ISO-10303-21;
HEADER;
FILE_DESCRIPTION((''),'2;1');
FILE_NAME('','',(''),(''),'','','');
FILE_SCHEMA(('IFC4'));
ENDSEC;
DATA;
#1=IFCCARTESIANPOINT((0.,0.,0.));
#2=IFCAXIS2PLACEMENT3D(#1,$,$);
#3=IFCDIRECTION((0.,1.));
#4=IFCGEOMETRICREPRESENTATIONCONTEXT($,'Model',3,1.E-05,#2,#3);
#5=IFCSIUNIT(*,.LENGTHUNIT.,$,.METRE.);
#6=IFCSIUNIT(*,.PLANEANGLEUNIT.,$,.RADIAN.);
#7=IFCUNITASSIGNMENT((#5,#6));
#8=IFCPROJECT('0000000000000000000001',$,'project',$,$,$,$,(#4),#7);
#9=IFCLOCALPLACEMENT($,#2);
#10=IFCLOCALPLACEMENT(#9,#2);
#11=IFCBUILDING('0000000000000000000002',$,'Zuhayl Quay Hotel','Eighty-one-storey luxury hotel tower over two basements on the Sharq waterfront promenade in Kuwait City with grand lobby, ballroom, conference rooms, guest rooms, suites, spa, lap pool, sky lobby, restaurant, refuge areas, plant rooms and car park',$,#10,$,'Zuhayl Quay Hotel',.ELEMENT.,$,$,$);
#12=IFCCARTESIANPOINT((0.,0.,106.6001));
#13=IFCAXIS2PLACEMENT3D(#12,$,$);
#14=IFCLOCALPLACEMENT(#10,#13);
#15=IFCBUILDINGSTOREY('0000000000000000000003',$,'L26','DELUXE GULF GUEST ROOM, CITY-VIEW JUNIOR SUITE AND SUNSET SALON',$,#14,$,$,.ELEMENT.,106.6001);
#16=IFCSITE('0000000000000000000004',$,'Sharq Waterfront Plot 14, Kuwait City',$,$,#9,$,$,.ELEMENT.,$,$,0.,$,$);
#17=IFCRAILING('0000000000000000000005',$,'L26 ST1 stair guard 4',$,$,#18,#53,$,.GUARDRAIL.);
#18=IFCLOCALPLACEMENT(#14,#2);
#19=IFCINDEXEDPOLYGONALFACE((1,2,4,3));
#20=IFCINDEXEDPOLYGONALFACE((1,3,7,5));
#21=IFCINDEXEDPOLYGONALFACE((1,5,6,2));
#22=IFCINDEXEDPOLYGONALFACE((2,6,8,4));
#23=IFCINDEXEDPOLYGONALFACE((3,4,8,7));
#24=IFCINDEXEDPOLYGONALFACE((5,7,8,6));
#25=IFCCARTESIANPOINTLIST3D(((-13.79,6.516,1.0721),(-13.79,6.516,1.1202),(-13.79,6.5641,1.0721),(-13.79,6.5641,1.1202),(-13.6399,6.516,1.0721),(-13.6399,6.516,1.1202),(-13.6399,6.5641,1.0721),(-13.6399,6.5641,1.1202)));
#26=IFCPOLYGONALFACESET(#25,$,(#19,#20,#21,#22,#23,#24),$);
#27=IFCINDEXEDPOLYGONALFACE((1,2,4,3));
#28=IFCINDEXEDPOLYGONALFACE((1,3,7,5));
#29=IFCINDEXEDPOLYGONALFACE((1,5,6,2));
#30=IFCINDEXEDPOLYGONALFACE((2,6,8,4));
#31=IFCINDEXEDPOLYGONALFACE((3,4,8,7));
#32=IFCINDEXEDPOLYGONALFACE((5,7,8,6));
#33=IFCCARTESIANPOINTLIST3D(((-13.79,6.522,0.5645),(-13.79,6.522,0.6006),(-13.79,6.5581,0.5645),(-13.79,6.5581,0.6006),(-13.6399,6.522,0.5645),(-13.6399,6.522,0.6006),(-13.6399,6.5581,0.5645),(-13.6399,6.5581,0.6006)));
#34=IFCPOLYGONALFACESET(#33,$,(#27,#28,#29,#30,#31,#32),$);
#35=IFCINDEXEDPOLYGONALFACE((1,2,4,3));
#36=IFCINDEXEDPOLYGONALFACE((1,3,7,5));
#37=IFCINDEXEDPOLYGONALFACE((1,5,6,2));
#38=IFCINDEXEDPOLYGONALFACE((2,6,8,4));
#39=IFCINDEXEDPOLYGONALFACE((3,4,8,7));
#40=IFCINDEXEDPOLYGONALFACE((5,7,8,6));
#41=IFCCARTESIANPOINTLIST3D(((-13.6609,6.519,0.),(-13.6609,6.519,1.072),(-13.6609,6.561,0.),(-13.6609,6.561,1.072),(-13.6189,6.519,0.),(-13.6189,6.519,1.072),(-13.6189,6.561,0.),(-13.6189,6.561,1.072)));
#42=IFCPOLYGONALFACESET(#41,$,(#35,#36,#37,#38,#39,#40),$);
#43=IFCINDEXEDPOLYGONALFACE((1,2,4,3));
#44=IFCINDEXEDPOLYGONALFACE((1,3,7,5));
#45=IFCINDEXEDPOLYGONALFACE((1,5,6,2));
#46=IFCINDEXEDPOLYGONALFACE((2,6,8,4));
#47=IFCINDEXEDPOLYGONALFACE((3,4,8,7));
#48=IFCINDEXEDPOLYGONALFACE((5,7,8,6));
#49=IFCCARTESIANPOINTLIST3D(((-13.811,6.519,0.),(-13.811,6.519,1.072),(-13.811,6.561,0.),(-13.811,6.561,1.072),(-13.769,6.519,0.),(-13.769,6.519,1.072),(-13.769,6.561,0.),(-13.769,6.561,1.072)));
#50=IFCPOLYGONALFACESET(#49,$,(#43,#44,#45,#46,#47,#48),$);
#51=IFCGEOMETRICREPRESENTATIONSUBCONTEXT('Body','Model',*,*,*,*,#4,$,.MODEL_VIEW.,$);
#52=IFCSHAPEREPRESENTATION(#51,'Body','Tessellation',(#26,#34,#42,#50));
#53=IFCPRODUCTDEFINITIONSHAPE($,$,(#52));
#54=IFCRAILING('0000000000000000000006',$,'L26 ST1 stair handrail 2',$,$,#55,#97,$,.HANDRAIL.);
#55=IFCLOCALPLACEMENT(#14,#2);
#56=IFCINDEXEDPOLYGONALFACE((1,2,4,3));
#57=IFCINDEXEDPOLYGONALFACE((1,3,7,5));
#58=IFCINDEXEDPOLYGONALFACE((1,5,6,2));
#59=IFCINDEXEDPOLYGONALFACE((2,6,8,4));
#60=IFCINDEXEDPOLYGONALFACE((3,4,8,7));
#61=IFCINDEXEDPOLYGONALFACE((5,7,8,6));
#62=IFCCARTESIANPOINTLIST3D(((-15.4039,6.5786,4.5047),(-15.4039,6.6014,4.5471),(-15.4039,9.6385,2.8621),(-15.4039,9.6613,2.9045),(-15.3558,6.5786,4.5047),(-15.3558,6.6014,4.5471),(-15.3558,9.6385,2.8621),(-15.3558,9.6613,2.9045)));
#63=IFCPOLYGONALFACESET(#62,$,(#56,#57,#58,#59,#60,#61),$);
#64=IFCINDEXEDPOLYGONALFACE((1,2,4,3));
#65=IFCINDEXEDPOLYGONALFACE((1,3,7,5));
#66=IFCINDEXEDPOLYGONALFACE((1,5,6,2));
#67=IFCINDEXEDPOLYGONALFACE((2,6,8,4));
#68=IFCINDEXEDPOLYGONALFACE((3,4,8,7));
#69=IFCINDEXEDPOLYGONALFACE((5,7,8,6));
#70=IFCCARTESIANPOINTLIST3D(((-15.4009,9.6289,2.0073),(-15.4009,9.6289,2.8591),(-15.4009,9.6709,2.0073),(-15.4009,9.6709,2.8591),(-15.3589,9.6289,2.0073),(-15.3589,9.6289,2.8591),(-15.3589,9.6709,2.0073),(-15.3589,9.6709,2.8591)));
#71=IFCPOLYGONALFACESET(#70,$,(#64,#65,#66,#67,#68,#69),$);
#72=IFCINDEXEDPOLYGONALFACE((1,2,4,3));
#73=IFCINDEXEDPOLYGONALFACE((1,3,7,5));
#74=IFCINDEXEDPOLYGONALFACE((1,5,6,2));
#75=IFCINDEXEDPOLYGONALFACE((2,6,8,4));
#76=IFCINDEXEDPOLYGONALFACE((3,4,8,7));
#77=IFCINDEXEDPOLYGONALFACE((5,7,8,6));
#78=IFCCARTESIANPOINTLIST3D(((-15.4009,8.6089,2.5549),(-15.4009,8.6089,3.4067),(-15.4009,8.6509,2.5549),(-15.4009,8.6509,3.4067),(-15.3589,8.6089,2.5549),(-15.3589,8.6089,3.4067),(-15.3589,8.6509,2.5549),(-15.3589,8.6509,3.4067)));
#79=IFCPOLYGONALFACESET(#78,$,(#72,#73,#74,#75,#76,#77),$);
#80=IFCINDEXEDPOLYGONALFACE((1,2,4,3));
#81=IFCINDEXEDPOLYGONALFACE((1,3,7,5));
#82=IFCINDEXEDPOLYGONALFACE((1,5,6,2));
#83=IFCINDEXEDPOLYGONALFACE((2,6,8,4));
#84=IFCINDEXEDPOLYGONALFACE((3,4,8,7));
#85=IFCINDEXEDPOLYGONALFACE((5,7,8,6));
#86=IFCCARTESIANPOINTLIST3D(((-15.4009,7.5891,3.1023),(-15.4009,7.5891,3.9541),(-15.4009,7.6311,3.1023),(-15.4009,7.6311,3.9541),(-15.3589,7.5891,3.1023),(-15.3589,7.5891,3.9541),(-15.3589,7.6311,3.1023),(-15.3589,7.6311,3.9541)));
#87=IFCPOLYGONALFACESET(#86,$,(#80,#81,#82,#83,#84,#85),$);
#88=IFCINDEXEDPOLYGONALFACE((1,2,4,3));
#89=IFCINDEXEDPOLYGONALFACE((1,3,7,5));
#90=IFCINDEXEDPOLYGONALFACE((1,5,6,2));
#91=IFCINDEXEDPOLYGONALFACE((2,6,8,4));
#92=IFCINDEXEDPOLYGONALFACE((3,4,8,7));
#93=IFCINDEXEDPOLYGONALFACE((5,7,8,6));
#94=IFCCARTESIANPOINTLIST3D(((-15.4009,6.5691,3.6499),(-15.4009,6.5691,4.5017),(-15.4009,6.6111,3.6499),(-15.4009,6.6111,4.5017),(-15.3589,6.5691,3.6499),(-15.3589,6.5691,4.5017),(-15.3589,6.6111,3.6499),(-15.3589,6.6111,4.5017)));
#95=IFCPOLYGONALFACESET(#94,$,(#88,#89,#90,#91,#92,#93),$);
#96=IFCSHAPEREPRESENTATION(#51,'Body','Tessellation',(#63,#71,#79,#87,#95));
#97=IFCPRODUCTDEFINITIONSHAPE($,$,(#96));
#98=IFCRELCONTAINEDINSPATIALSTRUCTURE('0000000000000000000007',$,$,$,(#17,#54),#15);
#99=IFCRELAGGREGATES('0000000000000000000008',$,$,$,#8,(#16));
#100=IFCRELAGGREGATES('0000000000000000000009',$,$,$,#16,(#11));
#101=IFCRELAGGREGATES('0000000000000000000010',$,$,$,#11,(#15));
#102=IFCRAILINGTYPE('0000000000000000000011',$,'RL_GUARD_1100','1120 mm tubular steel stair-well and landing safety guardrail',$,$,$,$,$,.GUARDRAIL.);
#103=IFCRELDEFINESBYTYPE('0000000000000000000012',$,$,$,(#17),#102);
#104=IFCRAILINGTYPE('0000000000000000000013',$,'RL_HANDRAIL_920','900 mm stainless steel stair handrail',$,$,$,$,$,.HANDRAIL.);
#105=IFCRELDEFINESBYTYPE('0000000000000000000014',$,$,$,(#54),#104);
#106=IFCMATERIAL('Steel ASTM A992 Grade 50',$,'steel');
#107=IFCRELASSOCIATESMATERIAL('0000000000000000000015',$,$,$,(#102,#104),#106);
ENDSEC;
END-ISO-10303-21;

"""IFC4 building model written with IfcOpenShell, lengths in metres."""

from ifc_helpers import new_model, si_unit, direction, frame, origin, origin_2d, place, context, subcontext, project, spatial, rectangle, extrude, material, type_object, element, save


model = new_model("IFC4")

# Units and contexts
model_context = context("Model", 3, precision=1e-05, world=origin(), true_north=direction((0.0, 1.0)))
body_context = subcontext(model_context, "Body", "Model", "MODEL_VIEW")
ifc_project = project(units=[si_unit("LENGTHUNIT", "METRE"), si_unit("PLANEANGLEUNIT", "RADIAN")], contexts=[model_context])

# Site, building, storey
site_placement = place(None, origin())
site = spatial("IfcSite", under=ifc_project, at=site_placement, Name="Sharq Waterfront Plot 14, Kuwait City", CompositionType="ELEMENT", RefElevation=0.0)
building_placement = place(site_placement, origin())
building = spatial("IfcBuilding", under=site, at=building_placement, Name="Zuhayl Quay Hotel", Description="Eighty-one-storey luxury hotel tower over two basements on the Sharq waterfront promenade in Kuwait City with grand lobby, ballroom, conference rooms, guest rooms, suites, spa, lap pool, sky lobby, restaurant, refuge areas, plant rooms and car park", LongName="Zuhayl Quay Hotel", CompositionType="ELEMENT")
storey_placement = place(building_placement, frame((0.0, 0.0, 106.6001)))
storey = spatial("IfcBuildingStorey", under=building, at=storey_placement, Name="L26", Description="DELUXE GULF GUEST ROOM, CITY-VIEW JUNIOR SUITE AND SUNSET SALON", CompositionType="ELEMENT", Elevation=106.6001)

# Shared definitions
ifc_material_1 = material(Name="Steel ASTM A992 Grade 50", Category="steel")

# Railings
railing_type_1 = type_object("IfcRailingType", Name="RL_GUARD_1100", Description="1120 mm tubular steel stair-well and landing safety guardrail", PredefinedType="GUARDRAIL", material=ifc_material_1)
railing_1_placement = place(storey_placement, frame((-13.6399, 6.54, 0.0)))
element("IfcRailing", 1, at=railing_1_placement, inside=storey, type_object=railing_type_1, Name="L26 ST1 stair guard 4", PredefinedType="GUARDRAIL", context=body_context, shape_type="SweptSolid", body=[
    extrude(rectangle(XDim=0.0481, YDim=0.0481, at=origin_2d()), frame((0.0, 0.0, 1.0962), z_axis=(-1.0, 0.0, 0.0), x_axis=(0.0, -1.0, 0.0)), (0.0, 0.0, 1.0), 0.1501),
    extrude(rectangle(XDim=0.0361, YDim=0.0361, at=origin_2d()), frame((0.0, 0.0, 0.5825), z_axis=(-1.0, 0.0, 0.0), x_axis=(0.0, -1.0, 0.0)), (0.0, 0.0, 1.0), 0.1501),
    extrude(rectangle(XDim=0.042, YDim=0.042, at=origin_2d()), origin(), (0.0, 0.0, 1.0), 1.072),
    extrude(rectangle(XDim=0.042, YDim=0.042, at=origin_2d()), frame((-0.1501, 0.0, 0.0)), (0.0, 0.0, 1.0), 1.072),
])
railing_type_2 = type_object("IfcRailingType", Name="RL_HANDRAIL_920", Description="900 mm stainless steel stair handrail", PredefinedType="HANDRAIL", material=ifc_material_1)
railing_2_placement = place(storey_placement, frame((-15.3799, 9.6499, 2.0073)))
element("IfcRailing", 2, at=railing_2_placement, inside=storey, type_object=railing_type_2, Name="L26 ST1 stair handrail 2", PredefinedType="HANDRAIL", context=body_context, shape_type="SweptSolid", body=[
    extrude(rectangle(XDim=0.0481, YDim=0.0481, at=origin_2d()), frame((0.0, 0.0, 0.876), z_axis=(0.0, -0.881073, 0.47298), x_axis=(1.0, 0.0, 0.0)), (0.0, 0.0, 1.0), 3.4729),
    extrude(rectangle(XDim=0.042, YDim=0.042, at=origin_2d()), origin(), (0.0, 0.0, 1.0), 0.8518),
    extrude(rectangle(XDim=0.042, YDim=0.042, at=origin_2d()), frame((0.0, -1.02, 0.5476)), (0.0, 0.0, 1.0), 0.8518),
    extrude(rectangle(XDim=0.042, YDim=0.042, at=origin_2d()), frame((0.0, -2.0398, 1.095)), (0.0, 0.0, 1.0), 0.8518),
    extrude(rectangle(XDim=0.042, YDim=0.042, at=origin_2d()), frame((0.0, -3.0598, 1.6426)), (0.0, 0.0, 1.0), 0.8518),
])

save(model, "model.ifc")
